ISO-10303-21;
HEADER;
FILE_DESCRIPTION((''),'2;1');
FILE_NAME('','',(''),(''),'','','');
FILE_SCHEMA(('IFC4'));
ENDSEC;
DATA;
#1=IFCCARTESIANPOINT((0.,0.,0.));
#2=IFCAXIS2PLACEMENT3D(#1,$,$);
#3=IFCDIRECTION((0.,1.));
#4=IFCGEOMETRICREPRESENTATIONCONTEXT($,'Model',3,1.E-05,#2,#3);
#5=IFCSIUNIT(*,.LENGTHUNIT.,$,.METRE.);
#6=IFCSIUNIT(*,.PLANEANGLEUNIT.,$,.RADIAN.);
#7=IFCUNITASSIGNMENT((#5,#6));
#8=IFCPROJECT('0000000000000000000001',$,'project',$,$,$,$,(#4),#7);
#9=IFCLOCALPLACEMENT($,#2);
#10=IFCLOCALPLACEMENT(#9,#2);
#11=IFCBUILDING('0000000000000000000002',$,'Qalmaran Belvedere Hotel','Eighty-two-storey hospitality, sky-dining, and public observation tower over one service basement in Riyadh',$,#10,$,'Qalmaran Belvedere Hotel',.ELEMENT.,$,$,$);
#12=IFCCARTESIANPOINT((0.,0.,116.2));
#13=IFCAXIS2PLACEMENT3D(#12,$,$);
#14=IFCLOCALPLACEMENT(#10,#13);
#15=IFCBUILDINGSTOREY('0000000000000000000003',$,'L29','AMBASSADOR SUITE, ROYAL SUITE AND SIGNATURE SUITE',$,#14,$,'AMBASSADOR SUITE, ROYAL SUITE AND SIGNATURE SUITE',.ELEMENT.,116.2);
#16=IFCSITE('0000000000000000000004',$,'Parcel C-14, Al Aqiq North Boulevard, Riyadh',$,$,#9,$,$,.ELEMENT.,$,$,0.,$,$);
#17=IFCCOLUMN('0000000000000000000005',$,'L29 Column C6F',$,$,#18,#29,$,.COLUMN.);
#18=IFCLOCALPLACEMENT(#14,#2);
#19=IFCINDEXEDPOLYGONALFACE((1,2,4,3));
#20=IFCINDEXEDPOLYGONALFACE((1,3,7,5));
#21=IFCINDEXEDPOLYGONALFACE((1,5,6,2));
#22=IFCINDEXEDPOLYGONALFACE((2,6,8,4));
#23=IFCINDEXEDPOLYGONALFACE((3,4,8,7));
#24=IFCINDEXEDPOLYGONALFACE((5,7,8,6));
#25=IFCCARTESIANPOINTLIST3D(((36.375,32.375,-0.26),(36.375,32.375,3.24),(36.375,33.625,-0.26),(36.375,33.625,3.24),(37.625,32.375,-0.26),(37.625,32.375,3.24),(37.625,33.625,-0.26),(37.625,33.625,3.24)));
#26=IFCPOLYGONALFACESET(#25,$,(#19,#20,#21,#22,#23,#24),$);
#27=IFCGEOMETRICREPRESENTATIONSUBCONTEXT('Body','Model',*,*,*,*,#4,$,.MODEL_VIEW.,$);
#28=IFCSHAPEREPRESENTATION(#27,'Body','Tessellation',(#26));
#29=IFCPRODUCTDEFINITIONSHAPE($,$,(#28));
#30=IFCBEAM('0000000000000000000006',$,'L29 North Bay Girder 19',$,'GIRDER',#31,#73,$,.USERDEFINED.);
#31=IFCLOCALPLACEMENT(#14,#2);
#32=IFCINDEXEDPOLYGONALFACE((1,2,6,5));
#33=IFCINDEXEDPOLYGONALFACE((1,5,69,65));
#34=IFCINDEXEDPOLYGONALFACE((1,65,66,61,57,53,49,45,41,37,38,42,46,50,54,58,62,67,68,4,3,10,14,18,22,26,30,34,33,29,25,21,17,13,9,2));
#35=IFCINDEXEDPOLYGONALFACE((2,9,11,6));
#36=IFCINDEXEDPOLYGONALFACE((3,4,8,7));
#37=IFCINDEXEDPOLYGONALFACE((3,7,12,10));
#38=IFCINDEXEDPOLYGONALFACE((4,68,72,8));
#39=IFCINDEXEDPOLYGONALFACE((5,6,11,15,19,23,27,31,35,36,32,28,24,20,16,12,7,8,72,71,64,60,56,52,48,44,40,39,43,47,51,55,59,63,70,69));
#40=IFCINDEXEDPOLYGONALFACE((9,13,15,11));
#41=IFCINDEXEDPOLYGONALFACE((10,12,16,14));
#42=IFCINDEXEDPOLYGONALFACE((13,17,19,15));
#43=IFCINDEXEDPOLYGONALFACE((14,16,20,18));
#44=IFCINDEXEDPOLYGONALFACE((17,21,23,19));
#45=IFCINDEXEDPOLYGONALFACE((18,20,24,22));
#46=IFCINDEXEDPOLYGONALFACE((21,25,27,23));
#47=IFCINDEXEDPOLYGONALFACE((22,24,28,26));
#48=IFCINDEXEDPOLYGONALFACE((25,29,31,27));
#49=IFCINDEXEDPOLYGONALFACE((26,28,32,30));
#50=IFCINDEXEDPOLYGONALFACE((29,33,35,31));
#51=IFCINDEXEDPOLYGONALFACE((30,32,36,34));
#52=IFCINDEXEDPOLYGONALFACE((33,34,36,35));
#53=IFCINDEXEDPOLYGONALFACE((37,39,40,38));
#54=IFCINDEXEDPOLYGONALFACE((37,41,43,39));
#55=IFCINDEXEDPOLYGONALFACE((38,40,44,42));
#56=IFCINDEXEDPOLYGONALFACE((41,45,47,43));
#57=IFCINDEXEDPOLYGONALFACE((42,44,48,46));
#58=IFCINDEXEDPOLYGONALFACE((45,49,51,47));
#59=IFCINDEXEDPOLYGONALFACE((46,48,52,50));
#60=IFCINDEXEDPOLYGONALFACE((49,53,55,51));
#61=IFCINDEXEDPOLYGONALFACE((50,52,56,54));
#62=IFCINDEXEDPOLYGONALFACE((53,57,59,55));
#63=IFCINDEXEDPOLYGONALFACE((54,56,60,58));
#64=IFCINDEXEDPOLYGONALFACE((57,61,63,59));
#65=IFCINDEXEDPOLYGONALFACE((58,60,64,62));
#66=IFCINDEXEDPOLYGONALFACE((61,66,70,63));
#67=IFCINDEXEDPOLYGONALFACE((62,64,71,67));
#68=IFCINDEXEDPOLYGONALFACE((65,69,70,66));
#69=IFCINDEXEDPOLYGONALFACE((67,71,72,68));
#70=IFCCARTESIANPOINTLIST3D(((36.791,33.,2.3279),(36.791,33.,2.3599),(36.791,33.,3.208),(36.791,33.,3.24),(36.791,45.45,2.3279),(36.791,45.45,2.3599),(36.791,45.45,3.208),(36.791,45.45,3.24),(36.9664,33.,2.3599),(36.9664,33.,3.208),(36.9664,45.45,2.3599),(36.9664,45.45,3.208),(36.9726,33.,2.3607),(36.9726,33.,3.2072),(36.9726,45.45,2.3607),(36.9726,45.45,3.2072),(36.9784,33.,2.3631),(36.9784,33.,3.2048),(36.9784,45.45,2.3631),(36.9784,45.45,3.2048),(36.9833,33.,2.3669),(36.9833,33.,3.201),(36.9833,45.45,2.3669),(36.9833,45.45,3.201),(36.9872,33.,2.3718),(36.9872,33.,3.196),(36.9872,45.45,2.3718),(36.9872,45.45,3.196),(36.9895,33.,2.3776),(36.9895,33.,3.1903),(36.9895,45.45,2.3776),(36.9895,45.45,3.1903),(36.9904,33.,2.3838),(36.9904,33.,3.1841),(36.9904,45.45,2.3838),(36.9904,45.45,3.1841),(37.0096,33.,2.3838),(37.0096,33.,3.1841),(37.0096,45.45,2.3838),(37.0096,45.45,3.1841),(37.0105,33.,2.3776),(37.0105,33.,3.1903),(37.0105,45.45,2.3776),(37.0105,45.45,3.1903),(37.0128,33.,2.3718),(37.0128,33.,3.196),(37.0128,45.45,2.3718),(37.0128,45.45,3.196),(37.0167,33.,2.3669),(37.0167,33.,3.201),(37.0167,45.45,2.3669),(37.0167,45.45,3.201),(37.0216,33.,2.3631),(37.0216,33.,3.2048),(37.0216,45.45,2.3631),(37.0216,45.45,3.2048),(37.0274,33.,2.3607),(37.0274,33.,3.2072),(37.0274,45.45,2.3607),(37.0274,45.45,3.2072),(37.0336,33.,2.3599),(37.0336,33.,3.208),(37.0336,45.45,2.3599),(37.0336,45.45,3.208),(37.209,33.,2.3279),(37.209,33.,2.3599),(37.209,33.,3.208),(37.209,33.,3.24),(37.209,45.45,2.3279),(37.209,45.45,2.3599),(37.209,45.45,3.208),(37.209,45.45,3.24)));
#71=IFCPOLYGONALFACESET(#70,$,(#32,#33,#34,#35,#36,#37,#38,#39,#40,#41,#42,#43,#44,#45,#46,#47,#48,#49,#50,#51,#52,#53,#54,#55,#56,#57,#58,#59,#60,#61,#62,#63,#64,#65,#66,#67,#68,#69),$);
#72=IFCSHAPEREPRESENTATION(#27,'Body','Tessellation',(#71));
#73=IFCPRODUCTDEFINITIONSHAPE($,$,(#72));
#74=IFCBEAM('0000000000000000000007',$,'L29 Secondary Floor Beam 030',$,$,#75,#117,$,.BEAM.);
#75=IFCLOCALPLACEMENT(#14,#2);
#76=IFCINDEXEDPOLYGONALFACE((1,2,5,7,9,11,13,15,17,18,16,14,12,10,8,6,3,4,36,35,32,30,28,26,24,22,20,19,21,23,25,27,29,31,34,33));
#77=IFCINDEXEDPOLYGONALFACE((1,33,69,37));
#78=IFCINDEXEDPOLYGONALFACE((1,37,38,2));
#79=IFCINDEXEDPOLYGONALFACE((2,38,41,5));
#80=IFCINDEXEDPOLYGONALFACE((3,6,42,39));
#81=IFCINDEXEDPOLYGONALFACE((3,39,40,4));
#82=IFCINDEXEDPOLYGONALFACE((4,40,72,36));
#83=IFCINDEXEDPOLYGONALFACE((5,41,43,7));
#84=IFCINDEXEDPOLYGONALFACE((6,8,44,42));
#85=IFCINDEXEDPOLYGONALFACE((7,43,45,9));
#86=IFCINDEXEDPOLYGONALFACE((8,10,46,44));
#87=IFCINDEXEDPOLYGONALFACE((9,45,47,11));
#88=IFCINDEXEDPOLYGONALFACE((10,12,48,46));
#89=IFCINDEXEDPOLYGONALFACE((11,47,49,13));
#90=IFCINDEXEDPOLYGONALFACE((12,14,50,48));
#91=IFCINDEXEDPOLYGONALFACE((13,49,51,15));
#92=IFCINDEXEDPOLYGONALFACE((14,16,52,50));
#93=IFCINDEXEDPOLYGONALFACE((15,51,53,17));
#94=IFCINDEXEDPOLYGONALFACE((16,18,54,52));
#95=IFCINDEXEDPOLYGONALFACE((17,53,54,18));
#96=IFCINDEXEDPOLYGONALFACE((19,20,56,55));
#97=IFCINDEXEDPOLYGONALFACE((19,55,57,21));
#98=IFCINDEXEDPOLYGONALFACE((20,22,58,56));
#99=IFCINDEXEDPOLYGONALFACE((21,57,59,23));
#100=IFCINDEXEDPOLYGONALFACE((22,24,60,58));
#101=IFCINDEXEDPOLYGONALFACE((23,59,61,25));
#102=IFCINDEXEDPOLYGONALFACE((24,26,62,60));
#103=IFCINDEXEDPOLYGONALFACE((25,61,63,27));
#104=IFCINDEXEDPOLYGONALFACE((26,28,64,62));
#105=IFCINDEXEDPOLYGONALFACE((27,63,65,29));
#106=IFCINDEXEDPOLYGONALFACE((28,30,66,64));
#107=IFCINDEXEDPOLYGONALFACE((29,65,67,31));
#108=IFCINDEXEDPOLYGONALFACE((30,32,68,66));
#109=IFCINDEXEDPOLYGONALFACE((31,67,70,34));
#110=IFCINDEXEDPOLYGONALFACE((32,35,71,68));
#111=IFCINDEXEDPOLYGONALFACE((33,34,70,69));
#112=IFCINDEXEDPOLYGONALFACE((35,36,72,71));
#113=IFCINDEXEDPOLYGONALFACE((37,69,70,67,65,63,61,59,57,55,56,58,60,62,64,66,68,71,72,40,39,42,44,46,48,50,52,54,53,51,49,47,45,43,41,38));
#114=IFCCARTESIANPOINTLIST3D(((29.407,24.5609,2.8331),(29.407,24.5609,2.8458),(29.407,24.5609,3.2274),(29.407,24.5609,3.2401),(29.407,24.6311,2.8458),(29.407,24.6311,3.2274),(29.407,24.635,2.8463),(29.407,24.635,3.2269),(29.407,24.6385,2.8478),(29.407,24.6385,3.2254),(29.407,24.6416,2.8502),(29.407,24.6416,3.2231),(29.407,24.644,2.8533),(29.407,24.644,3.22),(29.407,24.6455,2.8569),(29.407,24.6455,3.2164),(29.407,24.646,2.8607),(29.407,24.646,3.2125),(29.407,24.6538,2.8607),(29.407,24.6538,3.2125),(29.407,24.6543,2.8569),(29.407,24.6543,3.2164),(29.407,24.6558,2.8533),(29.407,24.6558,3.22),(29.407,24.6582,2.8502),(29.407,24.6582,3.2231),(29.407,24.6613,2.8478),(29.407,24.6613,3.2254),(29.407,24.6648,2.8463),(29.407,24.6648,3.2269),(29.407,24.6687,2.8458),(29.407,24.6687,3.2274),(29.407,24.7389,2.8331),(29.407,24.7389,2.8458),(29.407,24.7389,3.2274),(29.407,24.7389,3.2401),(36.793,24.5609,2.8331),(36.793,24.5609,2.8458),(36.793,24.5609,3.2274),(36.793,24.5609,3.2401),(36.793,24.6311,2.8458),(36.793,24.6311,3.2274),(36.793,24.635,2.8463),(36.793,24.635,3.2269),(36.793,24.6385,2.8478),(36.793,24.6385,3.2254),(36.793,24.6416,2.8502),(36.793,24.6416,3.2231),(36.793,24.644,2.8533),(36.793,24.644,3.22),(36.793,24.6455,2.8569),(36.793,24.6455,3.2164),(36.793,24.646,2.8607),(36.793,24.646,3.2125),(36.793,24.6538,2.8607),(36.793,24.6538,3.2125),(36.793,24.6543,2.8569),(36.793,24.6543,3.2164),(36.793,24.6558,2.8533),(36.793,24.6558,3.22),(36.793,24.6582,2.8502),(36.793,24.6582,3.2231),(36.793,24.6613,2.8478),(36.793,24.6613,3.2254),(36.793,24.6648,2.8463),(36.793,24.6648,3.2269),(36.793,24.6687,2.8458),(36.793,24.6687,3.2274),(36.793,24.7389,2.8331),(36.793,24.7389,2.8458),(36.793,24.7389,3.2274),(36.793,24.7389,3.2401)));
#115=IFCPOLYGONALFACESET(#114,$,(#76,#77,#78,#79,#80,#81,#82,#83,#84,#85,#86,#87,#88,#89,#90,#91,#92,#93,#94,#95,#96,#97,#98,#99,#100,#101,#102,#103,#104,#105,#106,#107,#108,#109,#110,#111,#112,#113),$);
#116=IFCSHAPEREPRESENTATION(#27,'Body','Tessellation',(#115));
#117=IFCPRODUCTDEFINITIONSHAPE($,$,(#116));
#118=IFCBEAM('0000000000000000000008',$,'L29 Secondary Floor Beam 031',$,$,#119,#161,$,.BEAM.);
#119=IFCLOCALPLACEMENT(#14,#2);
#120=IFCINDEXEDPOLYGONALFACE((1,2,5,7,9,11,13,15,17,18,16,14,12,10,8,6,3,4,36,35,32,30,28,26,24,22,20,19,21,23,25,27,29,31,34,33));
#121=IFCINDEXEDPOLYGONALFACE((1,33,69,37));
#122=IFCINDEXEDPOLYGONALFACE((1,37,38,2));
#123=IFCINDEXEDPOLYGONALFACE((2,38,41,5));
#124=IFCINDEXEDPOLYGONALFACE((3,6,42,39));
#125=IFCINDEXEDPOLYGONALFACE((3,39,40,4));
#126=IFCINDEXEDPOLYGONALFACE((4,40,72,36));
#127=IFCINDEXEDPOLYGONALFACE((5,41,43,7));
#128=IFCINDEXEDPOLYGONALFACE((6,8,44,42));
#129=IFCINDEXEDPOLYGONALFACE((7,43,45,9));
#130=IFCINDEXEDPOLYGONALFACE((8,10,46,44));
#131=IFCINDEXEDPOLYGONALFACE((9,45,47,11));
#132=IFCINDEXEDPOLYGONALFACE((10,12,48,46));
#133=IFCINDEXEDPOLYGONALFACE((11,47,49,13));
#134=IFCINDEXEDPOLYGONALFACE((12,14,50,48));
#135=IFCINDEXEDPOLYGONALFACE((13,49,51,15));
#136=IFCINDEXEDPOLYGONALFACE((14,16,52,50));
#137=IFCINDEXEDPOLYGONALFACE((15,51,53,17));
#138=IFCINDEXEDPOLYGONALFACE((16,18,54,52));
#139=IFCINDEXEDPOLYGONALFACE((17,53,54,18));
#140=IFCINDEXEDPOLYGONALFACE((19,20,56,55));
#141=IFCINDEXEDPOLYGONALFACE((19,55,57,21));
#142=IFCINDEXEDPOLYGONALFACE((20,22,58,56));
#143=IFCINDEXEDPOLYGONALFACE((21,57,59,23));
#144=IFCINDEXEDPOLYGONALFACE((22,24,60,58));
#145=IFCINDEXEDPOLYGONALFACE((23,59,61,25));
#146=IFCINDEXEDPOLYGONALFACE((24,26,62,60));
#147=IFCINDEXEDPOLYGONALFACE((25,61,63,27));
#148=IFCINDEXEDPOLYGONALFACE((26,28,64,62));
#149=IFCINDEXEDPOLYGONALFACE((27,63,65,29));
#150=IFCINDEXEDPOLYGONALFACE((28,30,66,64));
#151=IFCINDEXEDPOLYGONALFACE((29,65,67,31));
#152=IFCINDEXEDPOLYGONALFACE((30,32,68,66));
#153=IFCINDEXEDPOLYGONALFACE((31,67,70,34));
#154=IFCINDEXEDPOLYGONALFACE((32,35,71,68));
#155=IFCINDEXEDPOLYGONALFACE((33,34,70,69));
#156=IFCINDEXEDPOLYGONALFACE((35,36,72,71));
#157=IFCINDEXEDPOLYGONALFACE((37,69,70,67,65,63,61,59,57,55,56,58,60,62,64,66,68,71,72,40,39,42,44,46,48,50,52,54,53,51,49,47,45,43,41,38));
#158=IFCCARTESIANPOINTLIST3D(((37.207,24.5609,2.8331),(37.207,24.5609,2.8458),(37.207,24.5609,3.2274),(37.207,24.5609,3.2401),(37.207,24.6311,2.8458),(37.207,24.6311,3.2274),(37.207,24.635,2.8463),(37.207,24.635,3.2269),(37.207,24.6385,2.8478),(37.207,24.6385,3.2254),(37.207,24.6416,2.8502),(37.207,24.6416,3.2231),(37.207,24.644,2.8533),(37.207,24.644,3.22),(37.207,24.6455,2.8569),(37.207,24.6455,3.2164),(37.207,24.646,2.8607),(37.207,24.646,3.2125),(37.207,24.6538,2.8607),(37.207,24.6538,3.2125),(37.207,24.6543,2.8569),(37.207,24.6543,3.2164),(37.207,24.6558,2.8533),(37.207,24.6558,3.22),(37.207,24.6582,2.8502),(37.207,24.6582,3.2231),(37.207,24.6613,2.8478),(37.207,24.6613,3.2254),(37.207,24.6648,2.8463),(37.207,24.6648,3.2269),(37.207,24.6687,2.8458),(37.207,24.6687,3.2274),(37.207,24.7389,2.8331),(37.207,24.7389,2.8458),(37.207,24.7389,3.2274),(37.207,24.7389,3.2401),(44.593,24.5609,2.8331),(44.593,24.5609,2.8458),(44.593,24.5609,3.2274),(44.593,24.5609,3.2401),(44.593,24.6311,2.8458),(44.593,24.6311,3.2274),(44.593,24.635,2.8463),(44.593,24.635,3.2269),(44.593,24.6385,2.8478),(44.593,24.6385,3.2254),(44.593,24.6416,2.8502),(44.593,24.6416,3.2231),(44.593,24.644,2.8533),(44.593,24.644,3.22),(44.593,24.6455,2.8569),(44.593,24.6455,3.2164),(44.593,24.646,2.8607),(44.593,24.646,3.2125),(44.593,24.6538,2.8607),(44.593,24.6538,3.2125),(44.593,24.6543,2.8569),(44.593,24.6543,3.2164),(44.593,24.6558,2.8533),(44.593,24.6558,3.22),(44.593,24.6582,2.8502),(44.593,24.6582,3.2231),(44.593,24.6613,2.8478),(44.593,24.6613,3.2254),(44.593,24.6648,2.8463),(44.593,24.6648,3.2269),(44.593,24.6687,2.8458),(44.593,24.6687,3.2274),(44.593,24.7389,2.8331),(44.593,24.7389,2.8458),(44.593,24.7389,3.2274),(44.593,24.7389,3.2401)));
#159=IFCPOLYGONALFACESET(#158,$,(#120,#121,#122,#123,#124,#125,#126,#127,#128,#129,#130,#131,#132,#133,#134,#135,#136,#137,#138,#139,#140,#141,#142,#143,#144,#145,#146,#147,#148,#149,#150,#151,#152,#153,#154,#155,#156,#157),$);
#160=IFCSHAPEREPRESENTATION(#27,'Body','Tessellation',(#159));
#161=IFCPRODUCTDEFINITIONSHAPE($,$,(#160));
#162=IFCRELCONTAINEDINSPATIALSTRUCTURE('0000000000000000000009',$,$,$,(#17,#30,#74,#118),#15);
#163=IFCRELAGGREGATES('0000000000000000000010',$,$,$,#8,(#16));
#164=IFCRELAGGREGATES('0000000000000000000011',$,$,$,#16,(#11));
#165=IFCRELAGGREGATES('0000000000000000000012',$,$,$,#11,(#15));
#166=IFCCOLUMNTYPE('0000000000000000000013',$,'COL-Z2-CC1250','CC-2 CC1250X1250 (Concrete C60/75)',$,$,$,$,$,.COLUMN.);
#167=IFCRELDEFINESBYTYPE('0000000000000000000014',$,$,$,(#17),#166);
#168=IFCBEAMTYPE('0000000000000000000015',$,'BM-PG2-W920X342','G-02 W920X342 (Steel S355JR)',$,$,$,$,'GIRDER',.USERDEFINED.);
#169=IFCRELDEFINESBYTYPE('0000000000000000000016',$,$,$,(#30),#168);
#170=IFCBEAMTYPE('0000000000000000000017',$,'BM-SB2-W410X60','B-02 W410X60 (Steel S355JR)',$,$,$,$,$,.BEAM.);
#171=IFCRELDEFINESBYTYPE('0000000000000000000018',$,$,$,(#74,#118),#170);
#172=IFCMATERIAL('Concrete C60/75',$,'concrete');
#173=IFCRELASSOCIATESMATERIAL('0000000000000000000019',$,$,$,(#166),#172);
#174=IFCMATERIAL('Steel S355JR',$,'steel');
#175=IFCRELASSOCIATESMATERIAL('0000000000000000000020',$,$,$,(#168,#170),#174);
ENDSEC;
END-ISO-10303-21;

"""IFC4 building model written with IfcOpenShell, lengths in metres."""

from ifc_helpers import new_model, si_unit, direction, frame, origin, origin_2d, place, context, subcontext, project, spatial, rectangle, i_section, extrude, material, material_profile, profile_set, type_object, element, save


model = new_model("IFC4")

# Units and contexts
model_context = context("Model", 3, precision=1e-05, world=origin(), true_north=direction((0.0, 1.0)))
body_context = subcontext(model_context, "Body", "Model", "MODEL_VIEW")
ifc_project = project(units=[si_unit("LENGTHUNIT", "METRE"), si_unit("PLANEANGLEUNIT", "RADIAN")], contexts=[model_context])

# Site, building, storey
site_placement = place(None, origin())
site = spatial("IfcSite", under=ifc_project, at=site_placement, Name="Parcel C-14, Al Aqiq North Boulevard, Riyadh", CompositionType="ELEMENT", RefElevation=0.0)
building_placement = place(site_placement, origin())
building = spatial("IfcBuilding", under=site, at=building_placement, Name="Qalmaran Belvedere Hotel", Description="Eighty-two-storey hospitality, sky-dining, and public observation tower over one service basement in Riyadh", LongName="Qalmaran Belvedere Hotel", CompositionType="ELEMENT")
storey_placement = place(building_placement, frame((0.0, 0.0, 116.2)))
storey = spatial("IfcBuildingStorey", under=building, at=storey_placement, Name="L29", Description="AMBASSADOR SUITE, ROYAL SUITE AND SIGNATURE SUITE", LongName="AMBASSADOR SUITE, ROYAL SUITE AND SIGNATURE SUITE", CompositionType="ELEMENT", Elevation=116.2)

# Column
ifc_material_1 = material(Name="Concrete C60/75", Category="concrete")
ifc_material_profile_1 = material_profile(ifc_material_1, rectangle(XDim=1.25, YDim=1.25, at=origin_2d()), Name="CC1250X1250")
ifc_profile_set_1 = profile_set([ifc_material_profile_1], Name="Concrete C60/75")
column_type = type_object("IfcColumnType", Name="COL-Z2-CC1250", Description="CC-2 CC1250X1250 (Concrete C60/75)", PredefinedType="COLUMN", material=ifc_profile_set_1)
column_placement = place(storey_placement, frame((37.0, 33.0, -0.26), z_axis=(0.0, 0.0, 1.0), x_axis=(1.0, 0.0, 0.0)))
element("IfcColumn", 1, at=column_placement, inside=storey, type_object=column_type, Name="L29 Column C6F", PredefinedType="COLUMN", context=body_context, shape_type="SweptSolid", body=[
    extrude(rectangle(XDim=1.25, YDim=1.25, at=origin_2d()), origin(), (0.0, 0.0, 1.0), 3.5),
])

# Beams
ifc_material_2 = material(Name="Steel S355JR", Category="steel")
ifc_material_profile_2 = material_profile(ifc_material_2, i_section(OverallWidth=0.418, OverallDepth=0.9121, WebThickness=0.0193, FlangeThickness=0.032, FilletRadius=0.0239, at=origin_2d()), Name="W920X342")
ifc_profile_set_2 = profile_set([ifc_material_profile_2], Name="Steel S355JR")
beam_type_1 = type_object("IfcBeamType", Name="BM-PG2-W920X342", Description="G-02 W920X342 (Steel S355JR)", ElementType="GIRDER", PredefinedType="USERDEFINED", material=ifc_profile_set_2)
beam_1_placement = place(storey_placement, frame((37.0, 33.0, 2.7839), z_axis=(0.0, 1.0, 0.0), x_axis=(-1.0, 0.0, 0.0)))
element("IfcBeam", 2, at=beam_1_placement, inside=storey, type_object=beam_type_1, Name="L29 North Bay Girder 19", ObjectType="GIRDER", PredefinedType="USERDEFINED", context=body_context, shape_type="SweptSolid", body=[
    extrude(i_section(OverallWidth=0.418, OverallDepth=0.9121, WebThickness=0.0193, FlangeThickness=0.032, FilletRadius=0.0239, at=origin_2d()), origin(), (0.0, 0.0, 1.0), 12.45),
])
ifc_material_profile_3 = material_profile(ifc_material_2, i_section(OverallWidth=0.178, OverallDepth=0.407, WebThickness=0.0078, FlangeThickness=0.0127, FilletRadius=0.0149, at=origin_2d()), Name="W410X60")
ifc_profile_set_3 = profile_set([ifc_material_profile_3], Name="Steel S355JR")
beam_type_2 = type_object("IfcBeamType", Name="BM-SB2-W410X60", Description="B-02 W410X60 (Steel S355JR)", PredefinedType="BEAM", material=ifc_profile_set_3)
for number, where, z_axis, x_axis, name in (
    (3, (29.407, 24.6499, 3.0366), (1.0, 0.0, 0.0), (0.0, 1.0, 0.0), "L29 Secondary Floor Beam 030"),
    (4, (37.207, 24.6499, 3.0366), (1.0, 0.0, 0.0), (0.0, 1.0, 0.0), "L29 Secondary Floor Beam 031"),
):
    element("IfcBeam", number, at=place(storey_placement, frame(where, z_axis=z_axis, x_axis=x_axis)), inside=storey, type_object=beam_type_2, Name=name, PredefinedType="BEAM", context=body_context, shape_type="SweptSolid", body=[
        extrude(i_section(OverallWidth=0.178, OverallDepth=0.407, WebThickness=0.0078, FlangeThickness=0.0127, FilletRadius=0.0149, at=origin_2d()), origin(), (0.0, 0.0, 1.0), 7.386),
    ])

save(model, "model.ifc")
